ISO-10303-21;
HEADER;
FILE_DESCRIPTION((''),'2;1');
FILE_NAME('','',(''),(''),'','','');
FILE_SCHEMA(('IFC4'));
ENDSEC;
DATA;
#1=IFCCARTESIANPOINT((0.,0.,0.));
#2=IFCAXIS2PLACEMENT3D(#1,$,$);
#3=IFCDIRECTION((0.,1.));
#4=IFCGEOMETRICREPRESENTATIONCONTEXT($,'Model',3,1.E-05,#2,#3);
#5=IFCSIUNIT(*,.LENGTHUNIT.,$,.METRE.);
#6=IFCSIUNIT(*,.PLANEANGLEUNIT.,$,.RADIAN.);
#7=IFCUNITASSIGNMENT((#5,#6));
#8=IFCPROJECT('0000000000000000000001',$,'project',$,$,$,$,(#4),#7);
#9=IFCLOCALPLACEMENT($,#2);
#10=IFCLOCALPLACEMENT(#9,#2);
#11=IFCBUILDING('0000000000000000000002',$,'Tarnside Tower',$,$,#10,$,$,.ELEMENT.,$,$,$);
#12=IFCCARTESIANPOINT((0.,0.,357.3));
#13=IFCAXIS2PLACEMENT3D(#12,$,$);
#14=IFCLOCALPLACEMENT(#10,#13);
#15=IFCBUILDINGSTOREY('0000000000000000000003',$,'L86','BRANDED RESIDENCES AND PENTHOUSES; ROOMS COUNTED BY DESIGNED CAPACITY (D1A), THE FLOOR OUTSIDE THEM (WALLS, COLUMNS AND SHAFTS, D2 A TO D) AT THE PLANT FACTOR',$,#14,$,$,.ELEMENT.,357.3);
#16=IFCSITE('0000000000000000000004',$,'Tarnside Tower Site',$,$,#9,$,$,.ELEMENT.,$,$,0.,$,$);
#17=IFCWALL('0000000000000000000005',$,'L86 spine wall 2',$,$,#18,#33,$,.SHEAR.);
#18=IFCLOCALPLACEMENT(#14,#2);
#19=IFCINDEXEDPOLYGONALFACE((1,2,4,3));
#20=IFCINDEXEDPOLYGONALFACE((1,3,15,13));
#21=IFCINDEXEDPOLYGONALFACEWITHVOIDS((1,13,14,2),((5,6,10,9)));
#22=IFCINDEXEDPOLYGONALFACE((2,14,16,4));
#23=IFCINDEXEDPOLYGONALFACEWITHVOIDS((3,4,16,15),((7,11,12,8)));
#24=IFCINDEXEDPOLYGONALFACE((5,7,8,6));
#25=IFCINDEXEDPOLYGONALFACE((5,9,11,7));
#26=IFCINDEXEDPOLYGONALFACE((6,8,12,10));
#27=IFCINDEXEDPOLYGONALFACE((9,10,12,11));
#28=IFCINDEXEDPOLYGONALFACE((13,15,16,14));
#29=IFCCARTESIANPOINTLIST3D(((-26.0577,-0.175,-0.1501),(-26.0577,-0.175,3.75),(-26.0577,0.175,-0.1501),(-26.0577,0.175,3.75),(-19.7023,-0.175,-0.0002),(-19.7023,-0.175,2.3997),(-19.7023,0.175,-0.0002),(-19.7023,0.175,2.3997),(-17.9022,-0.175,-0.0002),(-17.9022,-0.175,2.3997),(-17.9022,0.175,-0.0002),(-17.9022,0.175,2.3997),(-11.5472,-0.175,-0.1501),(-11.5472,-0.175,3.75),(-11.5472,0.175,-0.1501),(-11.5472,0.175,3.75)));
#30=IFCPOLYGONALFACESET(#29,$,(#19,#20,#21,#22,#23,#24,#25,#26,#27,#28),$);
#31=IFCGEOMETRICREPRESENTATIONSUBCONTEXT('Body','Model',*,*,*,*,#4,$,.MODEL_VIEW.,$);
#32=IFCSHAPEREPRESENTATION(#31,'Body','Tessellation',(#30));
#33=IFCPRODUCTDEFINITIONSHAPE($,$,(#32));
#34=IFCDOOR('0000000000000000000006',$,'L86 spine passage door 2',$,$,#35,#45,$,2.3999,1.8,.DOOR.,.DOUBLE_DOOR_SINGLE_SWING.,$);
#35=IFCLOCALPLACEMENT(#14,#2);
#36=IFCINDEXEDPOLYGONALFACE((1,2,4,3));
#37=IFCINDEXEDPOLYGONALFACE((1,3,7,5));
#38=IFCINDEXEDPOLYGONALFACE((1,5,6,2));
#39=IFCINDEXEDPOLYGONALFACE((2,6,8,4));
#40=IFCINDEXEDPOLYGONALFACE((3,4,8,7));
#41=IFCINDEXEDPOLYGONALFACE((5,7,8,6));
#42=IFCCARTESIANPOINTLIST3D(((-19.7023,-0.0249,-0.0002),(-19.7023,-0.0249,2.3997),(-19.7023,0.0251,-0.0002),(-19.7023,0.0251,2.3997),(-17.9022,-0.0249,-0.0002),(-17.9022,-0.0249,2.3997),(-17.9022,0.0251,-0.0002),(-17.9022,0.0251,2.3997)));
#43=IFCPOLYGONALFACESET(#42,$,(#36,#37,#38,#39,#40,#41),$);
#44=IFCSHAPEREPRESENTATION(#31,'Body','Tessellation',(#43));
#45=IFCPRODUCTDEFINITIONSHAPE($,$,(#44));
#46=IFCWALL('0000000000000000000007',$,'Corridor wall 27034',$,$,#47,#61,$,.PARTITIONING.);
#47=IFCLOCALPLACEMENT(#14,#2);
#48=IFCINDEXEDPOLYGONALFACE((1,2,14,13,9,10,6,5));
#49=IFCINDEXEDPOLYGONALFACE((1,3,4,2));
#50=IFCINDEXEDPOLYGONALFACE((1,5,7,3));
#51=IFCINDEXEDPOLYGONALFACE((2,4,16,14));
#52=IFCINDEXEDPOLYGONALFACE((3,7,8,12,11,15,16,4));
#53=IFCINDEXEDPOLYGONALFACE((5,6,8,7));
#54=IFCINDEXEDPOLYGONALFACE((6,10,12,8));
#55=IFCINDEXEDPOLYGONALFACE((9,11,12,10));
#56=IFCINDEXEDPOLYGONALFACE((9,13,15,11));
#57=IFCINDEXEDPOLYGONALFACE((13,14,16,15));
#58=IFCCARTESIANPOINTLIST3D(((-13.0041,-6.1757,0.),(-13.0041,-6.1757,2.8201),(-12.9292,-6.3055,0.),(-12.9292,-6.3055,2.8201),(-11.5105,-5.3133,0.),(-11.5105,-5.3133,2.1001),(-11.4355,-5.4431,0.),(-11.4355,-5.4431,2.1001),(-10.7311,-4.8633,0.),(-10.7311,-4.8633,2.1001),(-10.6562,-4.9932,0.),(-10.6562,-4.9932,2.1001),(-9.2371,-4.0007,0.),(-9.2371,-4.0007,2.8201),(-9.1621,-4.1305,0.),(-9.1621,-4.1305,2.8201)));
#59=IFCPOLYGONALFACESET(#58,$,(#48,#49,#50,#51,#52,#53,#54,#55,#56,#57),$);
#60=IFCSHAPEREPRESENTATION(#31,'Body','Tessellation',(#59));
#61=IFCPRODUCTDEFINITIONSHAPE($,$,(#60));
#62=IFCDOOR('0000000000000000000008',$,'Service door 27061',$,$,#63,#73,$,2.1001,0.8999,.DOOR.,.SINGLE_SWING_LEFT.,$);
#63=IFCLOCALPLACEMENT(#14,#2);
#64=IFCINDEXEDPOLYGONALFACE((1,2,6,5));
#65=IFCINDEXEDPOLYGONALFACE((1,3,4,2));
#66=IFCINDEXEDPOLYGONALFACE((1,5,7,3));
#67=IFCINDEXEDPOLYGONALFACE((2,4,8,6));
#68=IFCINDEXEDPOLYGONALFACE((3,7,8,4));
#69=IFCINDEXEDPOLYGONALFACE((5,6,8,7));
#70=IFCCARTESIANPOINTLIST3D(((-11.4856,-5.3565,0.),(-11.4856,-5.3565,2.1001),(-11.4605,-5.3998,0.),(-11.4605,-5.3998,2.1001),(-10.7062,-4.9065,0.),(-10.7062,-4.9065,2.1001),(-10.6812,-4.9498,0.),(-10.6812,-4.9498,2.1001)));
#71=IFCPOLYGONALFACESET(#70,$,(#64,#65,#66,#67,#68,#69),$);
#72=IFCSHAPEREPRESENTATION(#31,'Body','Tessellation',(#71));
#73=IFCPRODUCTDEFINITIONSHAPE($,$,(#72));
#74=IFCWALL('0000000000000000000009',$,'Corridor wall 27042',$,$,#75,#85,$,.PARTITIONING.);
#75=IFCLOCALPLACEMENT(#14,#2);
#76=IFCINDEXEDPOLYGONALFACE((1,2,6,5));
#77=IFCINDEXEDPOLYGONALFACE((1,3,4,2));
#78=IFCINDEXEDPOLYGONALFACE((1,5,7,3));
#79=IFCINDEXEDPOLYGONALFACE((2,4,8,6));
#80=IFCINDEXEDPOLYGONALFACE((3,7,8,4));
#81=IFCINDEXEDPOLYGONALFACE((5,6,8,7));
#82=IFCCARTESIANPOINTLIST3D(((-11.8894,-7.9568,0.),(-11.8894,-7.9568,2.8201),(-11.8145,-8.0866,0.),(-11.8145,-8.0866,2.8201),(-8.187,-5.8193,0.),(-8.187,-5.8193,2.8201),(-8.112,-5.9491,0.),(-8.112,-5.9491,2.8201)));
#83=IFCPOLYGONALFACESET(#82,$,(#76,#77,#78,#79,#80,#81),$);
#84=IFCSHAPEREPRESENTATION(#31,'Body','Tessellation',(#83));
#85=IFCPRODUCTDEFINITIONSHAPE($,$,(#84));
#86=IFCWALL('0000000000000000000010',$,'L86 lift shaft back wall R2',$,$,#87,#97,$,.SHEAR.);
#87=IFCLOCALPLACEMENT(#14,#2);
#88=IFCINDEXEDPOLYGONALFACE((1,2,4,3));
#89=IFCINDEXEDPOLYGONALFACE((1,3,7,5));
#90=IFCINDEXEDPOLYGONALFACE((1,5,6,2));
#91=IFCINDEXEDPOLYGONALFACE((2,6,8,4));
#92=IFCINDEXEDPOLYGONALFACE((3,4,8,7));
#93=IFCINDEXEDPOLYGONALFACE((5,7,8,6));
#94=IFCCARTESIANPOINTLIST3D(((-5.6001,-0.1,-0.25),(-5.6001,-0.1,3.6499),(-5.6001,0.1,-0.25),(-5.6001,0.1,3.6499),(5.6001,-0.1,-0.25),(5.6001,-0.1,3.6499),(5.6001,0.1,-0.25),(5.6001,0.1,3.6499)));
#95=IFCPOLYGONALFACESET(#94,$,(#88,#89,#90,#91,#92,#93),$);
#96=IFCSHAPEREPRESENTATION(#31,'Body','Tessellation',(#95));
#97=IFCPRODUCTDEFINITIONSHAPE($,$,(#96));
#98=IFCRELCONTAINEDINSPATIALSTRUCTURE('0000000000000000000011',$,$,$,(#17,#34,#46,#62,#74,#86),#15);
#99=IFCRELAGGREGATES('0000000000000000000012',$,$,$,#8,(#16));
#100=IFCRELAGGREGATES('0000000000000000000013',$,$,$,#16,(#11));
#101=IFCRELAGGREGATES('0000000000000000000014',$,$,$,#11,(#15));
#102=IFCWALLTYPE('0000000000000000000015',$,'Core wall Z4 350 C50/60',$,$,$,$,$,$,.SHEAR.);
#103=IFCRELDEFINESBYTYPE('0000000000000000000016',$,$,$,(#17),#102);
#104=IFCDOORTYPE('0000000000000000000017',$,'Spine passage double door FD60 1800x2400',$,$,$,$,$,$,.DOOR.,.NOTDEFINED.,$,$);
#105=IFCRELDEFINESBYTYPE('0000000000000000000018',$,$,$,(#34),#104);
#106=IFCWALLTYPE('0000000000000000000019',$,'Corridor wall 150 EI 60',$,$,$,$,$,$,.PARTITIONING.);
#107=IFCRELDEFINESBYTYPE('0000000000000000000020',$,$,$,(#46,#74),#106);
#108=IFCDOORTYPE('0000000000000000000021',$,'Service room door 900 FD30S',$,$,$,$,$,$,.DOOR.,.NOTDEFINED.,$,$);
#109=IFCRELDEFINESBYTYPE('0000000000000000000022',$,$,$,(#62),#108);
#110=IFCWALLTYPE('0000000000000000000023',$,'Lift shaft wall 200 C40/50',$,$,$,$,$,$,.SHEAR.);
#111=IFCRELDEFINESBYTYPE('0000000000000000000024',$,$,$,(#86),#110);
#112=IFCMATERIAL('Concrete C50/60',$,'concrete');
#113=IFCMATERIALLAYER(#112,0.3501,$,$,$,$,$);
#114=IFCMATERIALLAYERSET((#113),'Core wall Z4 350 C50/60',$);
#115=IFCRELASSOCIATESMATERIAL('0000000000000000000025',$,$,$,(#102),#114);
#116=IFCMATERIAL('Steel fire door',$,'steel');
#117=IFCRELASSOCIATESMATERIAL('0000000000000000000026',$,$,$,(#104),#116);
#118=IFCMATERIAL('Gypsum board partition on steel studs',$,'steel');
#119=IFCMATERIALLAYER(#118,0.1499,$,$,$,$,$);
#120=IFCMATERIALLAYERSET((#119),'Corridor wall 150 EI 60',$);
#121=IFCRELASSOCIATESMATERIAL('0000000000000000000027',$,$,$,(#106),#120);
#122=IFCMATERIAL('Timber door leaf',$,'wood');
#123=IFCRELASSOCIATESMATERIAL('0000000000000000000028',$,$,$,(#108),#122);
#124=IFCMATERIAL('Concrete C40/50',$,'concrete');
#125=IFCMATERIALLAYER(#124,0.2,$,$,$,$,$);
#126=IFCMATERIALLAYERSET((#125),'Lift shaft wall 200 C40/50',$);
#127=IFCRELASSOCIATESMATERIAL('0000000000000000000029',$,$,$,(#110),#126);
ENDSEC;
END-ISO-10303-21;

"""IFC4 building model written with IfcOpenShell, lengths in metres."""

from ifc_helpers import new_model, si_unit, direction, frame, frame_2d, origin, place, context, subcontext, project, spatial, rectangle, extrude, material, layer, layer_set, type_object, element, fill, save


model = new_model("IFC4")

# Units and contexts
model_context = context("Model", 3, precision=1e-05, world=origin(), true_north=direction((0.0, 1.0)))
body_context = subcontext(model_context, "Body", "Model", "MODEL_VIEW")
ifc_project = project(units=[si_unit("LENGTHUNIT", "METRE"), si_unit("PLANEANGLEUNIT", "RADIAN")], contexts=[model_context])

# Site, building, storey
site_placement = place(None, origin())
site = spatial("IfcSite", under=ifc_project, at=site_placement, Name="Tarnside Tower Site", CompositionType="ELEMENT", RefElevation=0.0)
building_placement = place(site_placement, origin())
building = spatial("IfcBuilding", under=site, at=building_placement, Name="Tarnside Tower", CompositionType="ELEMENT")
storey_placement = place(building_placement, frame((0.0, 0.0, 357.3)))
storey = spatial("IfcBuildingStorey", under=building, at=storey_placement, Name="L86", Description="BRANDED RESIDENCES AND PENTHOUSES; ROOMS COUNTED BY DESIGNED CAPACITY (D1A), THE FLOOR OUTSIDE THEM (WALLS, COLUMNS AND SHAFTS, D2 A TO D) AT THE PLANT FACTOR", CompositionType="ELEMENT", Elevation=357.3)

# Shared definitions
ifc_material_1 = material(Name="Concrete C40/50", Category="concrete")
ifc_material_2 = material(Name="Steel fire door", Category="steel")

# Walls, openings, doors
ifc_material_3 = material(Name="Concrete C50/60", Category="concrete")
ifc_layer_1 = layer(ifc_material_3, 0.3501)
ifc_layer_set_1 = layer_set([ifc_layer_1], Name="Core wall Z4 350 C50/60")
wall_type_1 = type_object("IfcWallType", Name="Core wall Z4 350 C50/60", PredefinedType="SHEAR", material=ifc_layer_set_1)
wall_1_placement = place(storey_placement, frame((-11.5471, 0.0, -0.1501), z_axis=(0.0, 0.0, 1.0), x_axis=(-1.0, 0.0, 0.0)))
wall_1 = element("IfcWall", 1, at=wall_1_placement, inside=storey, type_object=wall_type_1, Name="L86 spine wall 2", PredefinedType="SHEAR", context=body_context, shape_type="SweptSolid", body=[
    extrude(rectangle(XDim=14.5105, YDim=0.3501, at=frame_2d((7.2554, 0.0))), origin(), (0.0, 0.0, 1.0), 3.9001),
])
opening_1_placement = place(wall_1_placement, frame((6.3552, 0.0, 0.1499)))
opening_1 = element("IfcOpeningElement", 2, at=opening_1_placement, cuts=wall_1, PredefinedType="OPENING", context=body_context, shape_type="SweptSolid", body=[
    extrude(rectangle(XDim=1.8, YDim=2.3999, at=frame_2d((0.8999, 1.2))), frame((0.0, 0.1851, 0.0), z_axis=(0.0, -1.0, 0.0), x_axis=(1.0, 0.0, 0.0)), (0.0, 0.0, 1.0), 0.3701),
])
door_type_1 = type_object("IfcDoorType", Name="Spine passage double door FD60 1800x2400", OperationType="NOTDEFINED", PredefinedType="DOOR", material=ifc_material_2)
door_1_placement = place(opening_1_placement, origin())
door_1 = element("IfcDoor", 3, at=door_1_placement, inside=storey, type_object=door_type_1, Name="L86 spine passage door 2", OperationType="DOUBLE_DOOR_SINGLE_SWING", OverallHeight=2.3999, OverallWidth=1.8, PredefinedType="DOOR", context=body_context, shape_type="SweptSolid", body=[
    extrude(rectangle(XDim=1.8, YDim=2.3999, at=frame_2d((0.8999, 1.2))), frame((0.0, 0.0249, 0.0), z_axis=(0.0, -1.0, 0.0), x_axis=(1.0, 0.0, 0.0)), (0.0, 0.0, 1.0), 0.05),
])
fill(opening_1, door_1)
ifc_material_4 = material(Name="Gypsum board partition on steel studs", Category="steel")
ifc_layer_2 = layer(ifc_material_4, 0.1499)
ifc_layer_set_2 = layer_set([ifc_layer_2], Name="Corridor wall 150 EI 60")
wall_type_2 = type_object("IfcWallType", Name="Corridor wall 150 EI 60", PredefinedType="PARTITIONING", material=ifc_layer_set_2)
wall_2_placement = place(storey_placement, frame((-9.1997, -4.0657, 0.0), z_axis=(0.0, 0.0, 1.0), x_axis=(-0.866014, -0.50002, 0.0)))
wall_2 = element("IfcWall", 4, at=wall_2_placement, inside=storey, type_object=wall_type_2, Name="Corridor wall 27034", PredefinedType="PARTITIONING", context=body_context, shape_type="SweptSolid", body=[
    extrude(rectangle(XDim=4.3499, YDim=0.1499, at=frame_2d((2.1748, 0.0))), origin(), (0.0, 0.0, 1.0), 2.8201),
])
opening_2_placement = place(wall_2_placement, frame((1.7251, 0.0, 0.0)))
opening_2 = element("IfcOpeningElement", 5, at=opening_2_placement, cuts=wall_2, PredefinedType="OPENING", context=body_context, shape_type="SweptSolid", body=[
    extrude(rectangle(XDim=0.8999, YDim=2.1001, at=frame_2d((0.45, 1.05))), frame((0.0, 0.085, 0.0), z_axis=(0.0, -1.0, 0.0), x_axis=(1.0, 0.0, 0.0)), (0.0, 0.0, 1.0), 0.1699),
])
ifc_material_5 = material(Name="Timber door leaf", Category="wood")
door_type_2 = type_object("IfcDoorType", Name="Service room door 900 FD30S", OperationType="NOTDEFINED", PredefinedType="DOOR", material=ifc_material_5)
door_2_placement = place(opening_2_placement, origin())
door_2 = element("IfcDoor", 6, at=door_2_placement, inside=storey, type_object=door_type_2, Name="Service door 27061", OperationType="SINGLE_SWING_LEFT", OverallHeight=2.1001, OverallWidth=0.8999, PredefinedType="DOOR", context=body_context, shape_type="SweptSolid", body=[
    extrude(rectangle(XDim=0.8999, YDim=2.1001, at=frame_2d((0.45, 1.05))), frame((0.0, 0.0249, 0.0), z_axis=(0.0, -1.0, 0.0), x_axis=(1.0, 0.0, 0.0)), (0.0, 0.0, 1.0), 0.05),
])
fill(opening_2, door_2)

# Walls
wall_3_placement = place(storey_placement, frame((-11.8521, -8.0217, 0.0), z_axis=(0.0, 0.0, 1.0), x_axis=(0.866038, 0.499978, 0.0)))
element("IfcWall", 7, at=wall_3_placement, inside=storey, type_object=wall_type_2, Name="Corridor wall 27042", PredefinedType="PARTITIONING", context=body_context, shape_type="SweptSolid", body=[
    extrude(rectangle(XDim=4.2751, YDim=0.1499, at=frame_2d((2.1377, 0.0))), origin(), (0.0, 0.0, 1.0), 2.8201),
])
ifc_layer_3 = layer(ifc_material_1, 0.2)
ifc_layer_set_3 = layer_set([ifc_layer_3], Name="Lift shaft wall 200 C40/50")
wall_type_3 = type_object("IfcWallType", Name="Lift shaft wall 200 C40/50", PredefinedType="SHEAR", material=ifc_layer_set_3)
wall_4_placement = place(storey_placement, frame((-5.6001, 0.0, -0.25), z_axis=(0.0, 0.0, 1.0), x_axis=(1.0, 0.0, 0.0)))
element("IfcWall", 8, at=wall_4_placement, inside=storey, type_object=wall_type_3, Name="L86 lift shaft back wall R2", PredefinedType="SHEAR", context=body_context, shape_type="SweptSolid", body=[
    extrude(rectangle(XDim=11.2002, YDim=0.2, at=frame_2d((5.6001, 0.0))), origin(), (0.0, 0.0, 1.0), 3.8999),
])

save(model, "model.ifc")
